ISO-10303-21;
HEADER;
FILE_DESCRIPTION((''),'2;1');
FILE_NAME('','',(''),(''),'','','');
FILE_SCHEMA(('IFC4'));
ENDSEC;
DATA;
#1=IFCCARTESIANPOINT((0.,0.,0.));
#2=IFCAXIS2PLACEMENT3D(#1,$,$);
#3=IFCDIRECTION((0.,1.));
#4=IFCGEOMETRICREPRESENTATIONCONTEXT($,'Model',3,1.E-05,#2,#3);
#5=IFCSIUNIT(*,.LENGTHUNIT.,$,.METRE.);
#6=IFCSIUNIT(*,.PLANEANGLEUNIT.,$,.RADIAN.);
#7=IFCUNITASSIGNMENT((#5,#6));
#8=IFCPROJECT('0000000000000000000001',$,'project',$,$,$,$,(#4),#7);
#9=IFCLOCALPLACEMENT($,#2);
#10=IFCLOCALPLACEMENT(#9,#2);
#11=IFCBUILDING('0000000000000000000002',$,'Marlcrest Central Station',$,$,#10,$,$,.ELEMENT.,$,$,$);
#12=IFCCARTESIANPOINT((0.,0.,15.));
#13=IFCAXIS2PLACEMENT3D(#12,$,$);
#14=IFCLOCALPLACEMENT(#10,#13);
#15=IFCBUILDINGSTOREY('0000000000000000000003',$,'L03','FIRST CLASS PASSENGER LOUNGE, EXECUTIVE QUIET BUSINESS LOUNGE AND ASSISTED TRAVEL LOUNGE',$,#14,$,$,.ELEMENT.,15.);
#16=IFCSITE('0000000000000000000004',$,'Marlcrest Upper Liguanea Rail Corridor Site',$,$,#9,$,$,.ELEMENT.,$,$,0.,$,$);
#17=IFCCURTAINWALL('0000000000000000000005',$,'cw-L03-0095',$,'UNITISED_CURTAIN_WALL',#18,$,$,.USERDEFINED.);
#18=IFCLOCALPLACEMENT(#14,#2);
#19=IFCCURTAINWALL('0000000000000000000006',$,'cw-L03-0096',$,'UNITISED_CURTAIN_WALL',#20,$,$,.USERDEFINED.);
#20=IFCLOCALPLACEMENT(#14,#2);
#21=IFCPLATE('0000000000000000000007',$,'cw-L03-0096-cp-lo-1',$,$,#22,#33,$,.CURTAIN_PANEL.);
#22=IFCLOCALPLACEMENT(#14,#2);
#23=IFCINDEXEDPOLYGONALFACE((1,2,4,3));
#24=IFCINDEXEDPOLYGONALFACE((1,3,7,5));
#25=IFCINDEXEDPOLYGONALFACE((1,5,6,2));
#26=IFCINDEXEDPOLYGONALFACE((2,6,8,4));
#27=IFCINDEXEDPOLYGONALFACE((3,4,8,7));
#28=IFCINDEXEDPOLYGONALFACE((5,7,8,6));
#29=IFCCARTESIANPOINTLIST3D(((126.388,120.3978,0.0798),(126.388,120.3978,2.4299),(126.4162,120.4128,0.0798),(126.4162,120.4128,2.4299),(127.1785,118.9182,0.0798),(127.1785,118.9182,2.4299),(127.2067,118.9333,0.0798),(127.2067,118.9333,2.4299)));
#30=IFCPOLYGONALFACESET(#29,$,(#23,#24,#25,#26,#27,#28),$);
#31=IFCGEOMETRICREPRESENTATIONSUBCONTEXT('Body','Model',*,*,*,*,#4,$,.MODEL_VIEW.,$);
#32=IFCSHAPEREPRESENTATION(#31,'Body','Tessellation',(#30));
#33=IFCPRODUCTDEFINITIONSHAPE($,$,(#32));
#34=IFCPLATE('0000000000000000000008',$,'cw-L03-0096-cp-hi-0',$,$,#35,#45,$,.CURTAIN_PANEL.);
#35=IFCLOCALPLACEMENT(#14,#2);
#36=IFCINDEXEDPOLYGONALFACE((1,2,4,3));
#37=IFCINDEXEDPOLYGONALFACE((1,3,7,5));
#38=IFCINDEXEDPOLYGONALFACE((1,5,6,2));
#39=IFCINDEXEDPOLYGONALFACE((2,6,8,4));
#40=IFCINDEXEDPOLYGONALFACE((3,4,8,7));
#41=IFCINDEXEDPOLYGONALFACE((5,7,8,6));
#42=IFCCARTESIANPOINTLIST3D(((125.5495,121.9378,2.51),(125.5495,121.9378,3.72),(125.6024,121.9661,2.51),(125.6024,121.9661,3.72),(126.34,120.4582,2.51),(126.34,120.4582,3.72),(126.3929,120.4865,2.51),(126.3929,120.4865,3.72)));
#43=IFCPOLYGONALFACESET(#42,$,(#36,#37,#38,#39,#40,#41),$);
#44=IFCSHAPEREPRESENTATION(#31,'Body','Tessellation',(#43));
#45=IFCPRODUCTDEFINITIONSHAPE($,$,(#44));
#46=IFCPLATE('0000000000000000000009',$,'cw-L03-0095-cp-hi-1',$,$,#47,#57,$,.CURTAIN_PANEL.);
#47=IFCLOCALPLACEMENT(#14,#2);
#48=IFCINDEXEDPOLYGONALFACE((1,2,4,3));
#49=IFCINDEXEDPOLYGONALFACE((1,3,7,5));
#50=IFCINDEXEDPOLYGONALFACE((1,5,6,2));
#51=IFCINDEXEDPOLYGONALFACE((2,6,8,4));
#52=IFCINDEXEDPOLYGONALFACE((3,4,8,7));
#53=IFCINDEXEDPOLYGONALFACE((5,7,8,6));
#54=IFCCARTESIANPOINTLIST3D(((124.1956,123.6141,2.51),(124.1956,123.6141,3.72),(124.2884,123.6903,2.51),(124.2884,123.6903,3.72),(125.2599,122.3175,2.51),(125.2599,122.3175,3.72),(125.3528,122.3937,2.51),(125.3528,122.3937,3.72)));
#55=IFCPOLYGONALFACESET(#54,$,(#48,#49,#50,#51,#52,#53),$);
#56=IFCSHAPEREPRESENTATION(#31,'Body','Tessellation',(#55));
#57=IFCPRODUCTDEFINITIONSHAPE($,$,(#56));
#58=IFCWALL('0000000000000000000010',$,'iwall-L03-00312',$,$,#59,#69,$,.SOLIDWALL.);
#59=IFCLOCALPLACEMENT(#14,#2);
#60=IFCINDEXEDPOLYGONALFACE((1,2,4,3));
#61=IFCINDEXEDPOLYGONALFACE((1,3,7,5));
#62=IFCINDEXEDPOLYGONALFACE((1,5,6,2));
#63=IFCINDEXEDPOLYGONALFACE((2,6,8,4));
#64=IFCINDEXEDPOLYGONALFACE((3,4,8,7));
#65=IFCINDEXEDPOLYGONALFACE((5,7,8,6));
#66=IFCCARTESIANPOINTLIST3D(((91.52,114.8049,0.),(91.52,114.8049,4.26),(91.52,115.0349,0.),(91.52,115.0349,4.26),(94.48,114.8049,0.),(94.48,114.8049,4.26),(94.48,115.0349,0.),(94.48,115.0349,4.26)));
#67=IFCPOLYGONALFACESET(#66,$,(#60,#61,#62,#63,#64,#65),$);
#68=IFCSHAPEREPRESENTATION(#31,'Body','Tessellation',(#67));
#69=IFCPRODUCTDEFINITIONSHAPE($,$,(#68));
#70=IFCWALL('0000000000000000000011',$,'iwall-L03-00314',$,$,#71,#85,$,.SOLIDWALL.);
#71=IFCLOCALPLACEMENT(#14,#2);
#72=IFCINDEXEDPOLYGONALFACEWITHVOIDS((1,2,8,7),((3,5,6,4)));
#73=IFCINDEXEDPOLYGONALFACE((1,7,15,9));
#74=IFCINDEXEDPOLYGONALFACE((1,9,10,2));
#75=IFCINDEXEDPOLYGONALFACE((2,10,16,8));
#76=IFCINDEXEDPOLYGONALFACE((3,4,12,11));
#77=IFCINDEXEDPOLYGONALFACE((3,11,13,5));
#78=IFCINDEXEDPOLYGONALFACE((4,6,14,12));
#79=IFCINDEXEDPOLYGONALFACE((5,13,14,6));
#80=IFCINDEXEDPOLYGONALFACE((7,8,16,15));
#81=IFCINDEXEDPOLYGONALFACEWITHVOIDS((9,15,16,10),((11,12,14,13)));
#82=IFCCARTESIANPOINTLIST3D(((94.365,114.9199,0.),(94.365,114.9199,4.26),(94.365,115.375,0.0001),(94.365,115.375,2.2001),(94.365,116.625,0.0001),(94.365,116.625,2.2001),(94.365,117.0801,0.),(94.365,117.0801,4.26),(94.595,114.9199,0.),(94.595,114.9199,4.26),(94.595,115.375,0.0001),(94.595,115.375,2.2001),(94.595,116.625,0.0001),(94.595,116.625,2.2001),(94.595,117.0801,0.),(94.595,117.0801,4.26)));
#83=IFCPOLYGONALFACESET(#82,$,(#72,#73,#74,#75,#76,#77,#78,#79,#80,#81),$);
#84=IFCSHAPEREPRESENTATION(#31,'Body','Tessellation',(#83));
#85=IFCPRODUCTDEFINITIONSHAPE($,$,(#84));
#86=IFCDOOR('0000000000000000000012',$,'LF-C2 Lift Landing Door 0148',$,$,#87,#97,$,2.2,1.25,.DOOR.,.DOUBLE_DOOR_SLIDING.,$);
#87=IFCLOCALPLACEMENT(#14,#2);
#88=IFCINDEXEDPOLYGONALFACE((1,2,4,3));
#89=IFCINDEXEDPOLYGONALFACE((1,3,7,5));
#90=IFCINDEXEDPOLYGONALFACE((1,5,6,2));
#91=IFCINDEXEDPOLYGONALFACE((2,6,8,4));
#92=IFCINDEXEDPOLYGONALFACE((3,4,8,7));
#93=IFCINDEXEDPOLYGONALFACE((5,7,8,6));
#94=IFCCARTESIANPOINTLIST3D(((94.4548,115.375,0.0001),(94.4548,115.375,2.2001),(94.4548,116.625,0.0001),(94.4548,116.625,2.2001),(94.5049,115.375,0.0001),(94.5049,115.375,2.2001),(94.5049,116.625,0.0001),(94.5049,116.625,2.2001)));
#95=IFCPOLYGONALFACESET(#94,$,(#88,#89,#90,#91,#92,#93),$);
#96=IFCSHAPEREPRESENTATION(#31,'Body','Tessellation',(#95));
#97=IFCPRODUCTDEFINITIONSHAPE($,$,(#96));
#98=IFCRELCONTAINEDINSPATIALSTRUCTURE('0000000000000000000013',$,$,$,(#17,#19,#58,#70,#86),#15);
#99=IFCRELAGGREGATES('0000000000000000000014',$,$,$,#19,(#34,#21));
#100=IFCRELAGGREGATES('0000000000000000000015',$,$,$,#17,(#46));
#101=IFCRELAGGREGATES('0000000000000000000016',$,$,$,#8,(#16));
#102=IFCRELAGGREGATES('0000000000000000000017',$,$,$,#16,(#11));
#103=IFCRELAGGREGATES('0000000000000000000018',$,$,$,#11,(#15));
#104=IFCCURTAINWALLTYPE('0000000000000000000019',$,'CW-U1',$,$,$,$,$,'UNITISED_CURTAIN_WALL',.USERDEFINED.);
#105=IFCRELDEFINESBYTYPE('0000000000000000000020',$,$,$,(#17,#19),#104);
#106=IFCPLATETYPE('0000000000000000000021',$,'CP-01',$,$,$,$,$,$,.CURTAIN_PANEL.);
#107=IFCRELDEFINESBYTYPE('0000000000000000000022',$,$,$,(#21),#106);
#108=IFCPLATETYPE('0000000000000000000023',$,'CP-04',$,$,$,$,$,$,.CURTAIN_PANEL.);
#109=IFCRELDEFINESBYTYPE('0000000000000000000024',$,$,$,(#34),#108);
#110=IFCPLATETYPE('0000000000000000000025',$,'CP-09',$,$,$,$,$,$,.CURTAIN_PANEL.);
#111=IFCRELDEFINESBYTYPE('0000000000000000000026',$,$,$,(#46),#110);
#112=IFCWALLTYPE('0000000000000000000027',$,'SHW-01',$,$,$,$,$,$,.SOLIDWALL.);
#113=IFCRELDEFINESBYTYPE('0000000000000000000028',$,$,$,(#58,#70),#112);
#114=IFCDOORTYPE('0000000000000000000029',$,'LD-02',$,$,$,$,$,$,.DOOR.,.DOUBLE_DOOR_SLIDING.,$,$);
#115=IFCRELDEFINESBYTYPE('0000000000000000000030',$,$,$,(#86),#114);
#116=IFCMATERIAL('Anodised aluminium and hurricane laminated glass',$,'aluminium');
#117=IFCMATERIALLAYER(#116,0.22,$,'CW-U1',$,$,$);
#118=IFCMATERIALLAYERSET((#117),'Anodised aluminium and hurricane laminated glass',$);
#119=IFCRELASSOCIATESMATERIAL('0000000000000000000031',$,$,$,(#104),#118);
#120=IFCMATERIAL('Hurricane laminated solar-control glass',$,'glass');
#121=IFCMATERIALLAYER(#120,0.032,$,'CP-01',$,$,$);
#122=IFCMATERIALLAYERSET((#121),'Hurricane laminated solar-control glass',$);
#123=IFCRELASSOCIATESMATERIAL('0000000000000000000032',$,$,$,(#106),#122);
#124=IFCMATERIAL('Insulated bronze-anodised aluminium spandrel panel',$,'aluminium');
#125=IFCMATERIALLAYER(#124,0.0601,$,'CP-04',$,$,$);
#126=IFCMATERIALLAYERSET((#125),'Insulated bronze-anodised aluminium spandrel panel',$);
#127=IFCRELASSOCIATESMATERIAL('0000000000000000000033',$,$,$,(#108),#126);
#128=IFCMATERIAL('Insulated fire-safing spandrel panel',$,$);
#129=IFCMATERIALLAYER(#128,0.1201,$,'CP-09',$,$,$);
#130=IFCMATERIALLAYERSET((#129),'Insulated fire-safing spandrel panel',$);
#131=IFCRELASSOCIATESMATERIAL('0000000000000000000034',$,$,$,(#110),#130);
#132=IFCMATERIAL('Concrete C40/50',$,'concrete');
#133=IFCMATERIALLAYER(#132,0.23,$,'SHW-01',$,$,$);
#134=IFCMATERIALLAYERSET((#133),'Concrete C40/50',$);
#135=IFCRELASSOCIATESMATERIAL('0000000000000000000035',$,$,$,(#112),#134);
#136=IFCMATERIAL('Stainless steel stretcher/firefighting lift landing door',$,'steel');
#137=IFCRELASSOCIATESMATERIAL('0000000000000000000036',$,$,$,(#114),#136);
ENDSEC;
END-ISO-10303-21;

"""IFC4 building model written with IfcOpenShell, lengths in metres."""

from ifc_helpers import new_model, si_unit, direction, frame, frame_2d, origin, origin_2d, place, context, subcontext, project, spatial, rectangle, extrude, material, layer, layer_set, type_object, element, fill, aggregate, save


model = new_model("IFC4")

# Units and contexts
model_context = context("Model", 3, precision=1e-05, world=origin(), true_north=direction((0.0, 1.0)))
body_context = subcontext(model_context, "Body", "Model", "MODEL_VIEW")
ifc_project = project(units=[si_unit("LENGTHUNIT", "METRE"), si_unit("PLANEANGLEUNIT", "RADIAN")], contexts=[model_context])

# Site, building, storey
site_placement = place(None, origin())
site = spatial("IfcSite", under=ifc_project, at=site_placement, Name="Marlcrest Upper Liguanea Rail Corridor Site", CompositionType="ELEMENT", RefElevation=0.0)
building_placement = place(site_placement, origin())
building = spatial("IfcBuilding", under=site, at=building_placement, Name="Marlcrest Central Station", CompositionType="ELEMENT")
storey_placement = place(building_placement, frame((0.0, 0.0, 15.0)))
storey = spatial("IfcBuildingStorey", under=building, at=storey_placement, Name="L03", Description="FIRST CLASS PASSENGER LOUNGE, EXECUTIVE QUIET BUSINESS LOUNGE AND ASSISTED TRAVEL LOUNGE", CompositionType="ELEMENT", Elevation=15.0)

# Curtain wall
ifc_material_1 = material(Name="Anodised aluminium and hurricane laminated glass", Category="aluminium")
ifc_layer_1 = layer(ifc_material_1, 0.22, Name="CW-U1")
ifc_layer_set_1 = layer_set([ifc_layer_1], Name="Anodised aluminium and hurricane laminated glass")
curtain_wall_type = type_object("IfcCurtainWallType", Name="CW-U1", ElementType="UNITISED_CURTAIN_WALL", PredefinedType="USERDEFINED", material=ifc_layer_set_1)
curtain_wall_1_placement = place(storey_placement, origin())
curtain_wall_1 = element("IfcCurtainWall", 1, at=curtain_wall_1_placement, inside=storey, type_object=curtain_wall_type, Name="cw-L03-0095", ObjectType="UNITISED_CURTAIN_WALL", PredefinedType="USERDEFINED")

# Curtain wall
curtain_wall_2_placement = place(storey_placement, origin())
curtain_wall_2 = element("IfcCurtainWall", 2, at=curtain_wall_2_placement, inside=storey, type_object=curtain_wall_type, Name="cw-L03-0096", ObjectType="UNITISED_CURTAIN_WALL", PredefinedType="USERDEFINED")

# Plates
ifc_material_2 = material(Name="Hurricane laminated solar-control glass", Category="glass")
ifc_layer_2 = layer(ifc_material_2, 0.032, Name="CP-01")
ifc_layer_set_2 = layer_set([ifc_layer_2], Name="Hurricane laminated solar-control glass")
plate_type_1 = type_object("IfcPlateType", Name="CP-01", PredefinedType="CURTAIN_PANEL", material=ifc_layer_set_2)
plate_1_placement = place(storey_placement, frame((126.7974, 119.6655, 0.0798), z_axis=(0.0, 0.0, 1.0), x_axis=(0.471243, -0.882004, 0.0)))
plate_1 = element("IfcPlate", 3, at=plate_1_placement, type_object=plate_type_1, Name="cw-L03-0096-cp-lo-1", PredefinedType="CURTAIN_PANEL", context=body_context, shape_type="SweptSolid", body=[
    extrude(rectangle(XDim=1.6775, YDim=0.032, at=origin_2d()), origin(), (0.0, 0.0, 1.0), 2.3501),
])
ifc_material_3 = material(Name="Insulated bronze-anodised aluminium spandrel panel", Category="aluminium")
ifc_layer_3 = layer(ifc_material_3, 0.0601, Name="CP-04")
ifc_layer_set_3 = layer_set([ifc_layer_3], Name="Insulated bronze-anodised aluminium spandrel panel")
plate_type_2 = type_object("IfcPlateType", Name="CP-04", PredefinedType="CURTAIN_PANEL", material=ifc_layer_set_3)
plate_2_placement = place(storey_placement, frame((125.9712, 121.2122, 2.51), z_axis=(0.0, 0.0, 1.0), x_axis=(0.471243, -0.882004, 0.0)))
plate_2 = element("IfcPlate", 4, at=plate_2_placement, type_object=plate_type_2, Name="cw-L03-0096-cp-hi-0", PredefinedType="CURTAIN_PANEL", context=body_context, shape_type="SweptSolid", body=[
    extrude(rectangle(XDim=1.6775, YDim=0.0601, at=origin_2d()), origin(), (0.0, 0.0, 1.0), 1.21),
])
aggregate(curtain_wall_2, [plate_2, plate_1])
ifc_material_4 = material(Name="Insulated fire-safing spandrel panel")
ifc_layer_4 = layer(ifc_material_4, 0.1201, Name="CP-09")
ifc_layer_set_4 = layer_set([ifc_layer_4], Name="Insulated fire-safing spandrel panel")
plate_type_3 = type_object("IfcPlateType", Name="CP-09", PredefinedType="CURTAIN_PANEL", material=ifc_layer_set_4)
plate_3_placement = place(storey_placement, frame((124.7742, 123.0039, 2.51), z_axis=(0.0, 0.0, 1.0), x_axis=(0.634474, -0.772944, 0.0)))
plate_3 = element("IfcPlate", 5, at=plate_3_placement, type_object=plate_type_3, Name="cw-L03-0095-cp-hi-1", PredefinedType="CURTAIN_PANEL", context=body_context, shape_type="SweptSolid", body=[
    extrude(rectangle(XDim=1.6775, YDim=0.1201, at=origin_2d()), origin(), (0.0, 0.0, 1.0), 1.21),
])
aggregate(curtain_wall_1, [plate_3])

# Wall
ifc_material_5 = material(Name="Concrete C40/50", Category="concrete")
ifc_layer_5 = layer(ifc_material_5, 0.23, Name="SHW-01")
ifc_layer_set_5 = layer_set([ifc_layer_5], Name="Concrete C40/50")
wall_type = type_object("IfcWallType", Name="SHW-01", PredefinedType="SOLIDWALL", material=ifc_layer_set_5)
wall_1_placement = place(storey_placement, frame((94.48, 114.9199, 0.0), z_axis=(0.0, 0.0, 1.0), x_axis=(-1.0, 0.0, 0.0)))
element("IfcWall", 6, at=wall_1_placement, inside=storey, type_object=wall_type, Name="iwall-L03-00312", PredefinedType="SOLIDWALL", context=body_context, shape_type="SweptSolid", body=[
    extrude(rectangle(XDim=2.96, YDim=0.23, at=frame_2d((1.48, 0.0))), origin(), (0.0, 0.0, 1.0), 4.26),
])

# Wall, opening, door
wall_2_placement = place(storey_placement, frame((94.48, 117.0801, 0.0), z_axis=(0.0, 0.0, 1.0), x_axis=(0.0, -1.0, 0.0)))
wall_2 = element("IfcWall", 7, at=wall_2_placement, inside=storey, type_object=wall_type, Name="iwall-L03-00314", PredefinedType="SOLIDWALL", context=body_context, shape_type="SweptSolid", body=[
    extrude(rectangle(XDim=2.1602, YDim=0.23, at=frame_2d((1.0801, 0.0))), origin(), (0.0, 0.0, 1.0), 4.26),
])
opening_placement = place(wall_2_placement, frame((0.4551, 0.0, 0.0)))
opening = element("IfcOpeningElement", 8, at=opening_placement, cuts=wall_2, PredefinedType="OPENING", context=body_context, shape_type="SweptSolid", body=[
    extrude(rectangle(XDim=1.25, YDim=2.2, at=frame_2d((0.625, 1.1001))), frame((0.0, 0.125, 0.0), z_axis=(0.0, -1.0, 0.0), x_axis=(1.0, 0.0, 0.0)), (0.0, 0.0, 1.0), 0.25),
])
ifc_material_6 = material(Name="Stainless steel stretcher/firefighting lift landing door", Category="steel")
door_type = type_object("IfcDoorType", Name="LD-02", OperationType="DOUBLE_DOOR_SLIDING", PredefinedType="DOOR", material=ifc_material_6)
door_placement = place(opening_placement, origin())
door = element("IfcDoor", 9, at=door_placement, inside=storey, type_object=door_type, Name="LF-C2 Lift Landing Door 0148", OperationType="DOUBLE_DOOR_SLIDING", OverallHeight=2.2, OverallWidth=1.25, PredefinedType="DOOR", context=body_context, shape_type="SweptSolid", body=[
    extrude(rectangle(XDim=1.25, YDim=2.2, at=frame_2d((0.625, 1.1001))), frame((0.0, 0.0249, 0.0), z_axis=(0.0, -1.0, 0.0), x_axis=(1.0, 0.0, 0.0)), (0.0, 0.0, 1.0), 0.05),
])
fill(opening, door)

save(model, "model.ifc")
